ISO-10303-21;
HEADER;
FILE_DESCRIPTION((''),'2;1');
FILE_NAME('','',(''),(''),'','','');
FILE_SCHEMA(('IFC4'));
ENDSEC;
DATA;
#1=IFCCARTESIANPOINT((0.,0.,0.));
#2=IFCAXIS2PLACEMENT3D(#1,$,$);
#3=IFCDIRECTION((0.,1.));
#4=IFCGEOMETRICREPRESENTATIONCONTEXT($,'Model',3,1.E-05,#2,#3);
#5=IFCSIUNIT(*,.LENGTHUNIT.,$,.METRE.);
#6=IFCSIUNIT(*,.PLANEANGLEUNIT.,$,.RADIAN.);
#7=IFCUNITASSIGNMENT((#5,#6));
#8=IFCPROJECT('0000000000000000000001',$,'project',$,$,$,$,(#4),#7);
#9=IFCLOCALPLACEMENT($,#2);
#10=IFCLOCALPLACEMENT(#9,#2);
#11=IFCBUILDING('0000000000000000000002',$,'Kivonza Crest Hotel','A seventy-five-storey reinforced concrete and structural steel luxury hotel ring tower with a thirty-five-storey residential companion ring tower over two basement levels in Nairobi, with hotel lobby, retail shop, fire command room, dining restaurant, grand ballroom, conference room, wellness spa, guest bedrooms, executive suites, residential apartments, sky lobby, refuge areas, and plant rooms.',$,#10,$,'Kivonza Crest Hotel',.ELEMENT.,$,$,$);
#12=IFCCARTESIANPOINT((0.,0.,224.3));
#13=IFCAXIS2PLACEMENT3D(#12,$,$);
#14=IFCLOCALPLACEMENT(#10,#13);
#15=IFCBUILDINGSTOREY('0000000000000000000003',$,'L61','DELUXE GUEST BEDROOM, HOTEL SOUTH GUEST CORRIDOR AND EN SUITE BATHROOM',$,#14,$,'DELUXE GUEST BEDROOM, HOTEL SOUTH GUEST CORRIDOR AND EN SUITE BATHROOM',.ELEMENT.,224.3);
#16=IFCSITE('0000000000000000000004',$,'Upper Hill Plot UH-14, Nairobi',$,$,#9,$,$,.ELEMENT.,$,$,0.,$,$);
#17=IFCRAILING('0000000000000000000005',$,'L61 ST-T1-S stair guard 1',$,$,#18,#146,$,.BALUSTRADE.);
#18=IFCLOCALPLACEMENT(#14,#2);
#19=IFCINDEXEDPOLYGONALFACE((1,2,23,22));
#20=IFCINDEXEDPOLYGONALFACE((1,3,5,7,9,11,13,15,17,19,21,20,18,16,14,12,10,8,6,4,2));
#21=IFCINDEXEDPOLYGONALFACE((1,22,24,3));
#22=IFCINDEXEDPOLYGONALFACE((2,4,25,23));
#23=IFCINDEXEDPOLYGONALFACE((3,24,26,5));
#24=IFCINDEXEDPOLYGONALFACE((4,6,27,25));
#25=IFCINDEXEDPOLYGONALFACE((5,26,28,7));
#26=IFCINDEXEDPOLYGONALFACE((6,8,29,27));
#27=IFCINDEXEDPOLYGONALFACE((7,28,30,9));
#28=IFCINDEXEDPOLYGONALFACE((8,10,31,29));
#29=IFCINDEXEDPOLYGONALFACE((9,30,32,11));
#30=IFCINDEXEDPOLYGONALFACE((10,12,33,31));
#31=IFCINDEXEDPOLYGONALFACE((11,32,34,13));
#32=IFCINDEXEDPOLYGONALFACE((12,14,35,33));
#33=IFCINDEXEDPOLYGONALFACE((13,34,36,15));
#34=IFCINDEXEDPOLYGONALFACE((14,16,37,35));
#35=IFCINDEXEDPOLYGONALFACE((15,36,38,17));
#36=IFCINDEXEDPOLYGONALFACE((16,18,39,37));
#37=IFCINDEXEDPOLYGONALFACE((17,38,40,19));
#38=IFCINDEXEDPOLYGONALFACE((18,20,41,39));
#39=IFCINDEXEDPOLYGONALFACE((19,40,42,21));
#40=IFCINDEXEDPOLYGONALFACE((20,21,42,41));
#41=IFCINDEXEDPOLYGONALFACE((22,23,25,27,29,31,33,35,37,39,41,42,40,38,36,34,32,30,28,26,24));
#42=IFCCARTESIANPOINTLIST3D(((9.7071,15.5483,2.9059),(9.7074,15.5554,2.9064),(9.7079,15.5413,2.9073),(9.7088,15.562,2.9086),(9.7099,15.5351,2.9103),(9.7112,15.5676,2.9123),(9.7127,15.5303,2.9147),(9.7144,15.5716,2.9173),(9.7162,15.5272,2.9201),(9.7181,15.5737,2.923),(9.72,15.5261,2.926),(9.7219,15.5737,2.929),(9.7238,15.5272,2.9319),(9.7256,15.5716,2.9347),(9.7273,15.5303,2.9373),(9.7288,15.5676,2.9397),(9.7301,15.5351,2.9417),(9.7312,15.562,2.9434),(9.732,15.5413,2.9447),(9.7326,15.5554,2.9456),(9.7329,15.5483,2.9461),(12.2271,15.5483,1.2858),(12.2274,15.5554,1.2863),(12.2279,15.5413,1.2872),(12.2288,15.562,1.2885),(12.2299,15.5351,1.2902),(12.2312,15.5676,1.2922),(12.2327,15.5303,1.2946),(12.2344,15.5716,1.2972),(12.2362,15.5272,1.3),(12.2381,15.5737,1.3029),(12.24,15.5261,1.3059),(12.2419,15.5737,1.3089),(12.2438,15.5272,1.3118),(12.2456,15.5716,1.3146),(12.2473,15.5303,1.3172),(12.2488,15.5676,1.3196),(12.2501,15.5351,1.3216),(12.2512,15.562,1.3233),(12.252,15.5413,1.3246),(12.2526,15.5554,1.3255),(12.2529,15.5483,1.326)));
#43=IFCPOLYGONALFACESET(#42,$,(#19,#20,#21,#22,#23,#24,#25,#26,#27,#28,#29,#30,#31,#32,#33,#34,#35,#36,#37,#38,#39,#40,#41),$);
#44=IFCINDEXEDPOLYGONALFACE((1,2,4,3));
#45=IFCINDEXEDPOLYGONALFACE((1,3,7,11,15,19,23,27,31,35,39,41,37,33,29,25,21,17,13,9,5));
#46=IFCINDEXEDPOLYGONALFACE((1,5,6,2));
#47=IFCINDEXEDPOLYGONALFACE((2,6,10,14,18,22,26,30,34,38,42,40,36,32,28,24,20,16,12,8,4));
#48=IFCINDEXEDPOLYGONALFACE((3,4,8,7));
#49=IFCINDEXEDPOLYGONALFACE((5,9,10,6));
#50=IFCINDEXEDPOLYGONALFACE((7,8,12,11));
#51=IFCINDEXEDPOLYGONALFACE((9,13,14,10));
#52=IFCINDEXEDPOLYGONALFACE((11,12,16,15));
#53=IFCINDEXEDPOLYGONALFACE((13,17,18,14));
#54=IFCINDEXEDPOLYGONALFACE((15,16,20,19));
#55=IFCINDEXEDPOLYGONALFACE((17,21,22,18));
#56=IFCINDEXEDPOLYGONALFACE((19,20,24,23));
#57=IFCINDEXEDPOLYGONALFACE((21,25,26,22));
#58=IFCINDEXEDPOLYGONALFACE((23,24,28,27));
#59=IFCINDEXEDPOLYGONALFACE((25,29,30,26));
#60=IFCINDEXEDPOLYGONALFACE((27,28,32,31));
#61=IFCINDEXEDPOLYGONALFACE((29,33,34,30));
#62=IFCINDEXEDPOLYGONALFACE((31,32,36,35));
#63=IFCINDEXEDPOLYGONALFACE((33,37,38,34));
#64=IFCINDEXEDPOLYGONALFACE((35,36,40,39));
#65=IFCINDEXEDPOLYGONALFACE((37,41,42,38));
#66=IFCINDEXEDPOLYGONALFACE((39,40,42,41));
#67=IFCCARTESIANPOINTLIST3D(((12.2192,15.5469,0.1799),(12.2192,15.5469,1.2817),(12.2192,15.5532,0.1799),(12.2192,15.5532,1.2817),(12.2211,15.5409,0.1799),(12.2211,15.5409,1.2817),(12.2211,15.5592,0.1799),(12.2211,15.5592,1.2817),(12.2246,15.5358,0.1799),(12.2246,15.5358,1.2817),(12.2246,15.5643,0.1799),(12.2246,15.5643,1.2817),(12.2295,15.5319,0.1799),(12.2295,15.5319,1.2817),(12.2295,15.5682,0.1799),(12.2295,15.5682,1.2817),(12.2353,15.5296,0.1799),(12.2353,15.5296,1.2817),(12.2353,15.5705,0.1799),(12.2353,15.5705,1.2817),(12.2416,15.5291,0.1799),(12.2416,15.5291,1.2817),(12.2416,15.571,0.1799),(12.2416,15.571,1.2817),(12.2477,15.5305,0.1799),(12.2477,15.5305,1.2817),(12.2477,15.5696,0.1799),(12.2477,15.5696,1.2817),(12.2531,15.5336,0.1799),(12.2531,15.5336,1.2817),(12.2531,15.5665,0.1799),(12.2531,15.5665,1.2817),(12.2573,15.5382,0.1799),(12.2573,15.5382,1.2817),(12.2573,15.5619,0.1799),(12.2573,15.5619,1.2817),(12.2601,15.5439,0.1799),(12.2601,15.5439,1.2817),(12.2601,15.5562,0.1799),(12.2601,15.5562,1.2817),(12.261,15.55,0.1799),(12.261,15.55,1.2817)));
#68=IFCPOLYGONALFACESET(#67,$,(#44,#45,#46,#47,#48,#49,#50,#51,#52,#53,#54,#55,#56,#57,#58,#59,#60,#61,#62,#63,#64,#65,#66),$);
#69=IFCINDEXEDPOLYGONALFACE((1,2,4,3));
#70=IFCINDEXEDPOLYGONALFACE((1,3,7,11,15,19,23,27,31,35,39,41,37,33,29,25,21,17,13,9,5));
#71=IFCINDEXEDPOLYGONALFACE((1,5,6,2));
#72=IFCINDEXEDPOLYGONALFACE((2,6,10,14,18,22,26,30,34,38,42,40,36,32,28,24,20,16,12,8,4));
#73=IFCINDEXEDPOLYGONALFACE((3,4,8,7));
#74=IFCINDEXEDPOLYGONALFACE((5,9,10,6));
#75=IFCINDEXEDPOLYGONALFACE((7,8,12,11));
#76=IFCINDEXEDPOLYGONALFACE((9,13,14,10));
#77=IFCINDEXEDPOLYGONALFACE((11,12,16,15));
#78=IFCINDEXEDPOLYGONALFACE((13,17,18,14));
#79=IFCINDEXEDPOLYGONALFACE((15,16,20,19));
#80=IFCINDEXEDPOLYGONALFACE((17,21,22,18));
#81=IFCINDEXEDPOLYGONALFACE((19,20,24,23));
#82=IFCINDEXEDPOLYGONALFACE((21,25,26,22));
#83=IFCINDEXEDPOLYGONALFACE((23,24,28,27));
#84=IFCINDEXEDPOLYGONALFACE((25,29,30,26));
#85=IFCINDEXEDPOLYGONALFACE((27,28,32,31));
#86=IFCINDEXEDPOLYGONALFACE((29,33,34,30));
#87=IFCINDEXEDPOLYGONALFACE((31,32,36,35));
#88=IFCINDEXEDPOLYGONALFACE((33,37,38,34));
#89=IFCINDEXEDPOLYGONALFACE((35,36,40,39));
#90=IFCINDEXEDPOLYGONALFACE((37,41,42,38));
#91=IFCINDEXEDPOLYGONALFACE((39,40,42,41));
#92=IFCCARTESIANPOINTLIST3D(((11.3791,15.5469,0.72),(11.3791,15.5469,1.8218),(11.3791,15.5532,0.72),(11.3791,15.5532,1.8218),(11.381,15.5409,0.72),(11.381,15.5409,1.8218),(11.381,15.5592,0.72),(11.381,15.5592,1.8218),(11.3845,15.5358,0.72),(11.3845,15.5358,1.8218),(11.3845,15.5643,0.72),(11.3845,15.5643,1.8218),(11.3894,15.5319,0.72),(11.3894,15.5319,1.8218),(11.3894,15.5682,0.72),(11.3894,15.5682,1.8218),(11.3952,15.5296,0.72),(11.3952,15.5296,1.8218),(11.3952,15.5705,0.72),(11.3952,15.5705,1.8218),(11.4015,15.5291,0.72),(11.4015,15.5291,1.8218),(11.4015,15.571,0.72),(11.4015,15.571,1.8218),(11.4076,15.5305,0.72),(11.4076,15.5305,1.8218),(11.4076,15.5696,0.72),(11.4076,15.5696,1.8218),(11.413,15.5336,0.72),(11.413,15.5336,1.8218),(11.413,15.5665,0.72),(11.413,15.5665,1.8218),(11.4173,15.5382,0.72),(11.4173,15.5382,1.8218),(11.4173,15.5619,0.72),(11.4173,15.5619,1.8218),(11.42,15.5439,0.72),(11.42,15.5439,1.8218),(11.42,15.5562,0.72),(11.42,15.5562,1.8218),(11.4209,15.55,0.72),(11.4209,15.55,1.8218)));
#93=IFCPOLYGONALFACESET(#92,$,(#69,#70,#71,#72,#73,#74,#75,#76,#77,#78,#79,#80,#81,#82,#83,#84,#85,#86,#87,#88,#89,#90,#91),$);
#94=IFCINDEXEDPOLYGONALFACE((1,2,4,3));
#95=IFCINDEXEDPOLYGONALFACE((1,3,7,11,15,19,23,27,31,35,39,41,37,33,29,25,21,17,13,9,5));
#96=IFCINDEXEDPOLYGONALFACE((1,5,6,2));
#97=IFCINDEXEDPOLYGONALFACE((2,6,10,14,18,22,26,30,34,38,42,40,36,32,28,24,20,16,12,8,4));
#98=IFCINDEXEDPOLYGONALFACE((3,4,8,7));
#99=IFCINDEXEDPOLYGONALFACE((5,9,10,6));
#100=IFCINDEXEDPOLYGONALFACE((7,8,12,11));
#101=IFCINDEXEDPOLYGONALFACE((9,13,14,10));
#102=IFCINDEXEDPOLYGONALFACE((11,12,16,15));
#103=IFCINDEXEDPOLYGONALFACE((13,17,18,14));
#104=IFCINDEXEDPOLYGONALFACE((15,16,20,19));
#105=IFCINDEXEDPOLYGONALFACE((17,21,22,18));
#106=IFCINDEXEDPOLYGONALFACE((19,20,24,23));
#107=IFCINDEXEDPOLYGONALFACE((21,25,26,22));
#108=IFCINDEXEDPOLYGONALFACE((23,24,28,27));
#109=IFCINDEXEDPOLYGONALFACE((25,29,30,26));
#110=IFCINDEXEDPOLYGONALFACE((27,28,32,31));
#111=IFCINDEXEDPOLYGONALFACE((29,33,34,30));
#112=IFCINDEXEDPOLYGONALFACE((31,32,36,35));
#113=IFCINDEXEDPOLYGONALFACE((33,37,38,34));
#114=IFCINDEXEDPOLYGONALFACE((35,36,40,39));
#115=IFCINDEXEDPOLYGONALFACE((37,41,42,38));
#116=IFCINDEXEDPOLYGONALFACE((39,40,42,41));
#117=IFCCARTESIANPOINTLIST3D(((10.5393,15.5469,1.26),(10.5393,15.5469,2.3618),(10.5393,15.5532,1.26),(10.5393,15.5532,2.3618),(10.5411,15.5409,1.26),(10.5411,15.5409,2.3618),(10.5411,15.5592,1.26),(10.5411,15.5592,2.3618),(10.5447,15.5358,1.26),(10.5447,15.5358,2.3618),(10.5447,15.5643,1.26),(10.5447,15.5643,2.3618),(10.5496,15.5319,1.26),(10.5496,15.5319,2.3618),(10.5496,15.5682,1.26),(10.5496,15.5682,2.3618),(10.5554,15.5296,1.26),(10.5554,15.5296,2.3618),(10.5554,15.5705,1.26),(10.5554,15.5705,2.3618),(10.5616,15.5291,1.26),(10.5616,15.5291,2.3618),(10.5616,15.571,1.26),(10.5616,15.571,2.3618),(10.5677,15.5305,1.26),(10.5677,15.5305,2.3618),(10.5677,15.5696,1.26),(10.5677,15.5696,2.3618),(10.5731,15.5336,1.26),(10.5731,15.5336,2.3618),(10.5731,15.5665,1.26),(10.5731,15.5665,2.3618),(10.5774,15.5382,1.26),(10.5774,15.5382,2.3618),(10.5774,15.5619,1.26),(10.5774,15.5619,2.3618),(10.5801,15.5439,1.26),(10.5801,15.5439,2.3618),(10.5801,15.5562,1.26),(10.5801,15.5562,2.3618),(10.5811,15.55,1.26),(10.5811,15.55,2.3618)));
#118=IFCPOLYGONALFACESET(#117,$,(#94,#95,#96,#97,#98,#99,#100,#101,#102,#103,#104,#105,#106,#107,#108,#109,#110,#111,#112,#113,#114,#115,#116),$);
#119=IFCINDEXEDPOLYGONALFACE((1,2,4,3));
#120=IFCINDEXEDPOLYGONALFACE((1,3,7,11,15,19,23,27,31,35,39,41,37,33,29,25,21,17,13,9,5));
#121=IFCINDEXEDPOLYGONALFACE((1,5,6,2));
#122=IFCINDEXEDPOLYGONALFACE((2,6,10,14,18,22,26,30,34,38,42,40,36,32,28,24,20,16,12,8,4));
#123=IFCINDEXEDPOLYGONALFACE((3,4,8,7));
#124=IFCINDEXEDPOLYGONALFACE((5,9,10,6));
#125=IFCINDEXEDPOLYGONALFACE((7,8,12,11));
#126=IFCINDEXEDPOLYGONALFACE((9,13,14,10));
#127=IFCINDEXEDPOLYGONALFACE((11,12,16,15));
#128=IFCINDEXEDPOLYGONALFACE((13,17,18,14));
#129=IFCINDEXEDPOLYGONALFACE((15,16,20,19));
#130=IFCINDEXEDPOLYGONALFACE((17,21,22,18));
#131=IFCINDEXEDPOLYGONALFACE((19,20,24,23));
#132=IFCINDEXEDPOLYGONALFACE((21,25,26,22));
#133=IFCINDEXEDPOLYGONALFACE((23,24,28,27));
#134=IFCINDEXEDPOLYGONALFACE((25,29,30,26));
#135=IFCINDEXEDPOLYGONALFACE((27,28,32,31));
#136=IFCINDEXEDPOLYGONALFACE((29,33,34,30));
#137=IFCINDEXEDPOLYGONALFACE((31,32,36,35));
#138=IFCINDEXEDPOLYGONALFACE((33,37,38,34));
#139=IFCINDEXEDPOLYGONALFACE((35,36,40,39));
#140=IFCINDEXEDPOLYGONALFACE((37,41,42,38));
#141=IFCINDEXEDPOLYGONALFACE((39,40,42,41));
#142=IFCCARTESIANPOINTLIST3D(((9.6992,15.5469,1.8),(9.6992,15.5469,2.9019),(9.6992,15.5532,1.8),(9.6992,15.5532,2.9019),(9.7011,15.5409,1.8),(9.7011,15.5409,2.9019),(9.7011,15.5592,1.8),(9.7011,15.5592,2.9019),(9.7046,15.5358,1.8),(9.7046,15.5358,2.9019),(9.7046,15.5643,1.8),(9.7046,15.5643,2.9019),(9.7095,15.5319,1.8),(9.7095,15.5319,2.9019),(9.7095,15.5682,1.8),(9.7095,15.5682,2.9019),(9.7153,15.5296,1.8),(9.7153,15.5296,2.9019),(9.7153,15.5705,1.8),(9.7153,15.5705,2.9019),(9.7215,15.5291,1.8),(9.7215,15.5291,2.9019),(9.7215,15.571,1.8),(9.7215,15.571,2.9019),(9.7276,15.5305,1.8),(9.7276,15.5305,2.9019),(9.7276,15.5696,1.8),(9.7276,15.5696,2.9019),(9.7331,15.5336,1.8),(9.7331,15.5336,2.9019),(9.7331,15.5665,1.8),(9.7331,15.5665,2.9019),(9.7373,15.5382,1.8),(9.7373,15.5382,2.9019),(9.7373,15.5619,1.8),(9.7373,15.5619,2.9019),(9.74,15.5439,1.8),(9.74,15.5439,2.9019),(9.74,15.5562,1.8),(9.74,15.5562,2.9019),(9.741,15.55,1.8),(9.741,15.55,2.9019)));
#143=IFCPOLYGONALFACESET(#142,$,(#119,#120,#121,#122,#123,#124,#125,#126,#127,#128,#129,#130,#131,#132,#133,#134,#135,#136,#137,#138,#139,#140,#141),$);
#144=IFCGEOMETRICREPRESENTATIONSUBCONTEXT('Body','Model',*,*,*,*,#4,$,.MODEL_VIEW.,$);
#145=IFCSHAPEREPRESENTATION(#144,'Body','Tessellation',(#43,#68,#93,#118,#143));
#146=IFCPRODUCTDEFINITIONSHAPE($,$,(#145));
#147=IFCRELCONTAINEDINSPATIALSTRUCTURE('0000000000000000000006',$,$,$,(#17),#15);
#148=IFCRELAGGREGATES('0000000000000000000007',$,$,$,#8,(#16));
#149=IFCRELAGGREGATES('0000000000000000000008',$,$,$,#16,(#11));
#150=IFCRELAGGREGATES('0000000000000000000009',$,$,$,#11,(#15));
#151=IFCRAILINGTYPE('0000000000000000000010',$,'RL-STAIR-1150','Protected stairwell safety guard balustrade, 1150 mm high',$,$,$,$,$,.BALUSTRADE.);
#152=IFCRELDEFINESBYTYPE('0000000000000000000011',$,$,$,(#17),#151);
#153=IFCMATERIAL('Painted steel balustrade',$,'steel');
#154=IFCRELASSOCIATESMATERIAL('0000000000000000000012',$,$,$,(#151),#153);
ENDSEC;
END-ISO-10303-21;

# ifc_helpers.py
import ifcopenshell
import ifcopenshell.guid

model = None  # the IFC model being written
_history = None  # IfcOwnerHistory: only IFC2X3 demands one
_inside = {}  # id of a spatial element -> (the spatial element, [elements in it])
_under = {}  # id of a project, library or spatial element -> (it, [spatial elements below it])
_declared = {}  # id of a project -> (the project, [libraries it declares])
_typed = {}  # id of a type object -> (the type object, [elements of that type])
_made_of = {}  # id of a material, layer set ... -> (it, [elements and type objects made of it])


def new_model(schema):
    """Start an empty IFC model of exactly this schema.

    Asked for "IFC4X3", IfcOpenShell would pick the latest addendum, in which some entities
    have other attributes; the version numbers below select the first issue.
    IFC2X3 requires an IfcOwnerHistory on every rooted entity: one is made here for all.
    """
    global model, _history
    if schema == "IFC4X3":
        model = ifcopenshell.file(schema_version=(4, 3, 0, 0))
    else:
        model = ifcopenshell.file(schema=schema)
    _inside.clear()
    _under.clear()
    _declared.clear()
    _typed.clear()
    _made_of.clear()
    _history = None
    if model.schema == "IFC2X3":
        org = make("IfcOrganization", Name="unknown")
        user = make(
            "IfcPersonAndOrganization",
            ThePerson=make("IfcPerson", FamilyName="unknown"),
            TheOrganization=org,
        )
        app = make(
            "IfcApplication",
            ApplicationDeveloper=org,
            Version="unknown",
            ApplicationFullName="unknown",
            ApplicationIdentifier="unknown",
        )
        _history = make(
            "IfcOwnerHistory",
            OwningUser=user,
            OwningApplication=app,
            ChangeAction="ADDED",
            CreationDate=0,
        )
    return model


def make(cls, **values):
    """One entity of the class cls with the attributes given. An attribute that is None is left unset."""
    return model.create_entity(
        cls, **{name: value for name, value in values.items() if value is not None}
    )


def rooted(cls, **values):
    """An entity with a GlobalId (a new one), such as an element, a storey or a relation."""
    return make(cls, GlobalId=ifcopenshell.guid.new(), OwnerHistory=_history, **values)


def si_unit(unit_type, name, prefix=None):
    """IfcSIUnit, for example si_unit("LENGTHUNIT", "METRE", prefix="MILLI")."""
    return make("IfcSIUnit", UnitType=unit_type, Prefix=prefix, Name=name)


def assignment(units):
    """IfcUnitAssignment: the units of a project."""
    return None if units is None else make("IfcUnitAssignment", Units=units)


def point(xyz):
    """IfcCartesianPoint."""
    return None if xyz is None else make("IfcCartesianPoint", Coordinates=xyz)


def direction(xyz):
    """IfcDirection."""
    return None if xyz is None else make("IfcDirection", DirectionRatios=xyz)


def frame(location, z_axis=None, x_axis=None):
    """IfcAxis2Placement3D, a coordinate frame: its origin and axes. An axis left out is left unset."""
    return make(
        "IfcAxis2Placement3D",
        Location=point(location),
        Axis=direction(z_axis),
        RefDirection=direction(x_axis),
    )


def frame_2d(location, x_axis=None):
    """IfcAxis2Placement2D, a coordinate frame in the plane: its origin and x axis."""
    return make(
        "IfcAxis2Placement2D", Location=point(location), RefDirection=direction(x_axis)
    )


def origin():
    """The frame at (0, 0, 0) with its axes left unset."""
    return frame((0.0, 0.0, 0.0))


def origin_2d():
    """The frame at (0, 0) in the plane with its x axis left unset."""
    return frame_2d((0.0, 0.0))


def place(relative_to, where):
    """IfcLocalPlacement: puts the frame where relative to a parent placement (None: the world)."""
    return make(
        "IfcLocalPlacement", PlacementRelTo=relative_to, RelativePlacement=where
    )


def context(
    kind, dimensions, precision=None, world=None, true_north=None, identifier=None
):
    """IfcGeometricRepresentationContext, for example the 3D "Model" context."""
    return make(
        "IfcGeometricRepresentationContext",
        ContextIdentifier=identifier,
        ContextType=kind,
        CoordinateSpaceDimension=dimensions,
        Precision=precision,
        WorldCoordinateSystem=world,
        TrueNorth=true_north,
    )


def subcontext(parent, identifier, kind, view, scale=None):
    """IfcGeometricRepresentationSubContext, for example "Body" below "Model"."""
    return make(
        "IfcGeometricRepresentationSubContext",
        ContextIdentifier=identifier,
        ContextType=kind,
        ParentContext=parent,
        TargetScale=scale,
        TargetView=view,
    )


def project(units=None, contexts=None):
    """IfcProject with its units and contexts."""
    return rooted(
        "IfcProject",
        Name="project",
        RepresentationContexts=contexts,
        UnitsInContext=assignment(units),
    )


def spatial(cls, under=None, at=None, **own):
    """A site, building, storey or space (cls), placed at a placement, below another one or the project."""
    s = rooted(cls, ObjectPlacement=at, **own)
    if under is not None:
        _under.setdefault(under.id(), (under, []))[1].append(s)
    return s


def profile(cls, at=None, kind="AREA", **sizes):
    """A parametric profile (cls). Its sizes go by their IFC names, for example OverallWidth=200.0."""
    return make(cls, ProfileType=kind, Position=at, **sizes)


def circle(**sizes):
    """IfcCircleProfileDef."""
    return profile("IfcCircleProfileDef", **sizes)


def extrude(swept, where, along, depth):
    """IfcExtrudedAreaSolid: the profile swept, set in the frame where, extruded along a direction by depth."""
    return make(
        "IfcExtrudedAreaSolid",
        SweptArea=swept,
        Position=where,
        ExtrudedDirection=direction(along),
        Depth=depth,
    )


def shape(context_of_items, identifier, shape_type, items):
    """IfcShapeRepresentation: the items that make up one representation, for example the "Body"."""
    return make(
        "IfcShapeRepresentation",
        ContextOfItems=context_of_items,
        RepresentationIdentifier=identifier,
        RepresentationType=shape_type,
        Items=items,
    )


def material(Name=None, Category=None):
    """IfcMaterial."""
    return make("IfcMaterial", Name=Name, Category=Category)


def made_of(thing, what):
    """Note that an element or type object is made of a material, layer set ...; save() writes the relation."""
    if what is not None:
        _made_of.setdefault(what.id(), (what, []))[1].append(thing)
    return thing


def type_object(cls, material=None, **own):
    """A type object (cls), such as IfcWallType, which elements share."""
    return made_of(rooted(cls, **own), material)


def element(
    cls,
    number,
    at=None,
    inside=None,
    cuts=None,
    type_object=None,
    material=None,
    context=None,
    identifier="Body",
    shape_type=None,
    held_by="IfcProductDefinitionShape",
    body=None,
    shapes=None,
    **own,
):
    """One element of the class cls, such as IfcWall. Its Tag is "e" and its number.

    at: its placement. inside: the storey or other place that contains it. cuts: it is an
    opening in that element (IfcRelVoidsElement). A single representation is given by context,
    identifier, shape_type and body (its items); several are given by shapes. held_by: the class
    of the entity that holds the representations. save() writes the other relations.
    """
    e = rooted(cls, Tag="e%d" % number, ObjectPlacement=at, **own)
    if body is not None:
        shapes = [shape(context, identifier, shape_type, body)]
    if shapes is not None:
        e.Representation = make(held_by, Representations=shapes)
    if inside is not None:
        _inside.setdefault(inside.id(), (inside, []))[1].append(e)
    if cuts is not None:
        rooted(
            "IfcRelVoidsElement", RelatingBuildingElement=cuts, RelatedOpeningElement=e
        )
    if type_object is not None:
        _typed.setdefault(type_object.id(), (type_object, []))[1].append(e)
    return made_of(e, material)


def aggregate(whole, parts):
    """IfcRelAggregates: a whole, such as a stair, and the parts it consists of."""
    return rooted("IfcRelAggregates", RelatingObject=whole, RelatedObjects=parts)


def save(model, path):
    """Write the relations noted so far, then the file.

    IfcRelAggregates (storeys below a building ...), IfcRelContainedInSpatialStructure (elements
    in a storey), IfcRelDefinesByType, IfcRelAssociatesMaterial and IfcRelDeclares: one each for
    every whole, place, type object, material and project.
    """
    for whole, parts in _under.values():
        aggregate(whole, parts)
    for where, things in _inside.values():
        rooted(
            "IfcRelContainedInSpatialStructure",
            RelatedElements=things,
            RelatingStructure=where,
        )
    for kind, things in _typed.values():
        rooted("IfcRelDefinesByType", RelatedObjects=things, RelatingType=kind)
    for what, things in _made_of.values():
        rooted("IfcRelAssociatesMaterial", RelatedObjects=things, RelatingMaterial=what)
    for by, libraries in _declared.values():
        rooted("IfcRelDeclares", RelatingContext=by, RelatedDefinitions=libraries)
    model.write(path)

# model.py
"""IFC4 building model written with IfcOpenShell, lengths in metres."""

from ifc_helpers import new_model, si_unit, direction, frame, origin, origin_2d, place, context, subcontext, project, spatial, circle, extrude, material, type_object, element, save


model = new_model("IFC4")

# Units and contexts
model_context = context("Model", 3, precision=1e-05, world=origin(), true_north=direction((0.0, 1.0)))
body_context = subcontext(model_context, "Body", "Model", "MODEL_VIEW")
ifc_project = project(units=[si_unit("LENGTHUNIT", "METRE"), si_unit("PLANEANGLEUNIT", "RADIAN")], contexts=[model_context])

# Site, building, storey
site_placement = place(None, origin())
site = spatial("IfcSite", under=ifc_project, at=site_placement, Name="Upper Hill Plot UH-14, Nairobi", CompositionType="ELEMENT", RefElevation=0.0)
building_placement = place(site_placement, origin())
building = spatial("IfcBuilding", under=site, at=building_placement, Name="Kivonza Crest Hotel", Description="A seventy-five-storey reinforced concrete and structural steel luxury hotel ring tower with a thirty-five-storey residential companion ring tower over two basement levels in Nairobi, with hotel lobby, retail shop, fire command room, dining restaurant, grand ballroom, conference room, wellness spa, guest bedrooms, executive suites, residential apartments, sky lobby, refuge areas, and plant rooms.", LongName="Kivonza Crest Hotel", CompositionType="ELEMENT")
storey_placement = place(building_placement, frame((0.0, 0.0, 224.3)))
storey = spatial("IfcBuildingStorey", under=building, at=storey_placement, Name="L61", Description="DELUXE GUEST BEDROOM, HOTEL SOUTH GUEST CORRIDOR AND EN SUITE BATHROOM", LongName="DELUXE GUEST BEDROOM, HOTEL SOUTH GUEST CORRIDOR AND EN SUITE BATHROOM", CompositionType="ELEMENT", Elevation=224.3)

# Railing
ifc_material_1 = material(Name="Painted steel balustrade", Category="steel")
railing_type_1 = type_object("IfcRailingType", Name="RL-STAIR-1150", Description="Protected stairwell safety guard balustrade, 1150 mm high", PredefinedType="BALUSTRADE", material=ifc_material_1)
railing_1_placement = place(storey_placement, frame((12.24, 15.55, 0.1799)))
element("IfcRailing", 1, at=railing_1_placement, inside=storey, type_object=railing_type_1, Name="L61 ST-T1-S stair guard 1", PredefinedType="BALUSTRADE", context=body_context, shape_type="SweptSolid", body=[
    extrude(circle(Radius=0.0239, at=origin_2d()), frame((0.0, 0.0, 1.126), z_axis=(-0.841163, 0.0, 0.540782), x_axis=(0.0, -1.0, 0.0)), (0.0, 0.0, 1.0), 2.9958),
    extrude(circle(Radius=0.021, at=origin_2d()), origin(), (0.0, 0.0, 1.0), 1.1018),
    extrude(circle(Radius=0.021, at=origin_2d()), frame((-0.8401, 0.0, 0.54)), (0.0, 0.0, 1.0), 1.1018),
    extrude(circle(Radius=0.021, at=origin_2d()), frame((-1.6799, 0.0, 1.0801)), (0.0, 0.0, 1.0), 1.1018),
    extrude(circle(Radius=0.021, at=origin_2d()), frame((-2.52, 0.0, 1.6201)), (0.0, 0.0, 1.0), 1.1018),
])

save(model, "model.ifc")
